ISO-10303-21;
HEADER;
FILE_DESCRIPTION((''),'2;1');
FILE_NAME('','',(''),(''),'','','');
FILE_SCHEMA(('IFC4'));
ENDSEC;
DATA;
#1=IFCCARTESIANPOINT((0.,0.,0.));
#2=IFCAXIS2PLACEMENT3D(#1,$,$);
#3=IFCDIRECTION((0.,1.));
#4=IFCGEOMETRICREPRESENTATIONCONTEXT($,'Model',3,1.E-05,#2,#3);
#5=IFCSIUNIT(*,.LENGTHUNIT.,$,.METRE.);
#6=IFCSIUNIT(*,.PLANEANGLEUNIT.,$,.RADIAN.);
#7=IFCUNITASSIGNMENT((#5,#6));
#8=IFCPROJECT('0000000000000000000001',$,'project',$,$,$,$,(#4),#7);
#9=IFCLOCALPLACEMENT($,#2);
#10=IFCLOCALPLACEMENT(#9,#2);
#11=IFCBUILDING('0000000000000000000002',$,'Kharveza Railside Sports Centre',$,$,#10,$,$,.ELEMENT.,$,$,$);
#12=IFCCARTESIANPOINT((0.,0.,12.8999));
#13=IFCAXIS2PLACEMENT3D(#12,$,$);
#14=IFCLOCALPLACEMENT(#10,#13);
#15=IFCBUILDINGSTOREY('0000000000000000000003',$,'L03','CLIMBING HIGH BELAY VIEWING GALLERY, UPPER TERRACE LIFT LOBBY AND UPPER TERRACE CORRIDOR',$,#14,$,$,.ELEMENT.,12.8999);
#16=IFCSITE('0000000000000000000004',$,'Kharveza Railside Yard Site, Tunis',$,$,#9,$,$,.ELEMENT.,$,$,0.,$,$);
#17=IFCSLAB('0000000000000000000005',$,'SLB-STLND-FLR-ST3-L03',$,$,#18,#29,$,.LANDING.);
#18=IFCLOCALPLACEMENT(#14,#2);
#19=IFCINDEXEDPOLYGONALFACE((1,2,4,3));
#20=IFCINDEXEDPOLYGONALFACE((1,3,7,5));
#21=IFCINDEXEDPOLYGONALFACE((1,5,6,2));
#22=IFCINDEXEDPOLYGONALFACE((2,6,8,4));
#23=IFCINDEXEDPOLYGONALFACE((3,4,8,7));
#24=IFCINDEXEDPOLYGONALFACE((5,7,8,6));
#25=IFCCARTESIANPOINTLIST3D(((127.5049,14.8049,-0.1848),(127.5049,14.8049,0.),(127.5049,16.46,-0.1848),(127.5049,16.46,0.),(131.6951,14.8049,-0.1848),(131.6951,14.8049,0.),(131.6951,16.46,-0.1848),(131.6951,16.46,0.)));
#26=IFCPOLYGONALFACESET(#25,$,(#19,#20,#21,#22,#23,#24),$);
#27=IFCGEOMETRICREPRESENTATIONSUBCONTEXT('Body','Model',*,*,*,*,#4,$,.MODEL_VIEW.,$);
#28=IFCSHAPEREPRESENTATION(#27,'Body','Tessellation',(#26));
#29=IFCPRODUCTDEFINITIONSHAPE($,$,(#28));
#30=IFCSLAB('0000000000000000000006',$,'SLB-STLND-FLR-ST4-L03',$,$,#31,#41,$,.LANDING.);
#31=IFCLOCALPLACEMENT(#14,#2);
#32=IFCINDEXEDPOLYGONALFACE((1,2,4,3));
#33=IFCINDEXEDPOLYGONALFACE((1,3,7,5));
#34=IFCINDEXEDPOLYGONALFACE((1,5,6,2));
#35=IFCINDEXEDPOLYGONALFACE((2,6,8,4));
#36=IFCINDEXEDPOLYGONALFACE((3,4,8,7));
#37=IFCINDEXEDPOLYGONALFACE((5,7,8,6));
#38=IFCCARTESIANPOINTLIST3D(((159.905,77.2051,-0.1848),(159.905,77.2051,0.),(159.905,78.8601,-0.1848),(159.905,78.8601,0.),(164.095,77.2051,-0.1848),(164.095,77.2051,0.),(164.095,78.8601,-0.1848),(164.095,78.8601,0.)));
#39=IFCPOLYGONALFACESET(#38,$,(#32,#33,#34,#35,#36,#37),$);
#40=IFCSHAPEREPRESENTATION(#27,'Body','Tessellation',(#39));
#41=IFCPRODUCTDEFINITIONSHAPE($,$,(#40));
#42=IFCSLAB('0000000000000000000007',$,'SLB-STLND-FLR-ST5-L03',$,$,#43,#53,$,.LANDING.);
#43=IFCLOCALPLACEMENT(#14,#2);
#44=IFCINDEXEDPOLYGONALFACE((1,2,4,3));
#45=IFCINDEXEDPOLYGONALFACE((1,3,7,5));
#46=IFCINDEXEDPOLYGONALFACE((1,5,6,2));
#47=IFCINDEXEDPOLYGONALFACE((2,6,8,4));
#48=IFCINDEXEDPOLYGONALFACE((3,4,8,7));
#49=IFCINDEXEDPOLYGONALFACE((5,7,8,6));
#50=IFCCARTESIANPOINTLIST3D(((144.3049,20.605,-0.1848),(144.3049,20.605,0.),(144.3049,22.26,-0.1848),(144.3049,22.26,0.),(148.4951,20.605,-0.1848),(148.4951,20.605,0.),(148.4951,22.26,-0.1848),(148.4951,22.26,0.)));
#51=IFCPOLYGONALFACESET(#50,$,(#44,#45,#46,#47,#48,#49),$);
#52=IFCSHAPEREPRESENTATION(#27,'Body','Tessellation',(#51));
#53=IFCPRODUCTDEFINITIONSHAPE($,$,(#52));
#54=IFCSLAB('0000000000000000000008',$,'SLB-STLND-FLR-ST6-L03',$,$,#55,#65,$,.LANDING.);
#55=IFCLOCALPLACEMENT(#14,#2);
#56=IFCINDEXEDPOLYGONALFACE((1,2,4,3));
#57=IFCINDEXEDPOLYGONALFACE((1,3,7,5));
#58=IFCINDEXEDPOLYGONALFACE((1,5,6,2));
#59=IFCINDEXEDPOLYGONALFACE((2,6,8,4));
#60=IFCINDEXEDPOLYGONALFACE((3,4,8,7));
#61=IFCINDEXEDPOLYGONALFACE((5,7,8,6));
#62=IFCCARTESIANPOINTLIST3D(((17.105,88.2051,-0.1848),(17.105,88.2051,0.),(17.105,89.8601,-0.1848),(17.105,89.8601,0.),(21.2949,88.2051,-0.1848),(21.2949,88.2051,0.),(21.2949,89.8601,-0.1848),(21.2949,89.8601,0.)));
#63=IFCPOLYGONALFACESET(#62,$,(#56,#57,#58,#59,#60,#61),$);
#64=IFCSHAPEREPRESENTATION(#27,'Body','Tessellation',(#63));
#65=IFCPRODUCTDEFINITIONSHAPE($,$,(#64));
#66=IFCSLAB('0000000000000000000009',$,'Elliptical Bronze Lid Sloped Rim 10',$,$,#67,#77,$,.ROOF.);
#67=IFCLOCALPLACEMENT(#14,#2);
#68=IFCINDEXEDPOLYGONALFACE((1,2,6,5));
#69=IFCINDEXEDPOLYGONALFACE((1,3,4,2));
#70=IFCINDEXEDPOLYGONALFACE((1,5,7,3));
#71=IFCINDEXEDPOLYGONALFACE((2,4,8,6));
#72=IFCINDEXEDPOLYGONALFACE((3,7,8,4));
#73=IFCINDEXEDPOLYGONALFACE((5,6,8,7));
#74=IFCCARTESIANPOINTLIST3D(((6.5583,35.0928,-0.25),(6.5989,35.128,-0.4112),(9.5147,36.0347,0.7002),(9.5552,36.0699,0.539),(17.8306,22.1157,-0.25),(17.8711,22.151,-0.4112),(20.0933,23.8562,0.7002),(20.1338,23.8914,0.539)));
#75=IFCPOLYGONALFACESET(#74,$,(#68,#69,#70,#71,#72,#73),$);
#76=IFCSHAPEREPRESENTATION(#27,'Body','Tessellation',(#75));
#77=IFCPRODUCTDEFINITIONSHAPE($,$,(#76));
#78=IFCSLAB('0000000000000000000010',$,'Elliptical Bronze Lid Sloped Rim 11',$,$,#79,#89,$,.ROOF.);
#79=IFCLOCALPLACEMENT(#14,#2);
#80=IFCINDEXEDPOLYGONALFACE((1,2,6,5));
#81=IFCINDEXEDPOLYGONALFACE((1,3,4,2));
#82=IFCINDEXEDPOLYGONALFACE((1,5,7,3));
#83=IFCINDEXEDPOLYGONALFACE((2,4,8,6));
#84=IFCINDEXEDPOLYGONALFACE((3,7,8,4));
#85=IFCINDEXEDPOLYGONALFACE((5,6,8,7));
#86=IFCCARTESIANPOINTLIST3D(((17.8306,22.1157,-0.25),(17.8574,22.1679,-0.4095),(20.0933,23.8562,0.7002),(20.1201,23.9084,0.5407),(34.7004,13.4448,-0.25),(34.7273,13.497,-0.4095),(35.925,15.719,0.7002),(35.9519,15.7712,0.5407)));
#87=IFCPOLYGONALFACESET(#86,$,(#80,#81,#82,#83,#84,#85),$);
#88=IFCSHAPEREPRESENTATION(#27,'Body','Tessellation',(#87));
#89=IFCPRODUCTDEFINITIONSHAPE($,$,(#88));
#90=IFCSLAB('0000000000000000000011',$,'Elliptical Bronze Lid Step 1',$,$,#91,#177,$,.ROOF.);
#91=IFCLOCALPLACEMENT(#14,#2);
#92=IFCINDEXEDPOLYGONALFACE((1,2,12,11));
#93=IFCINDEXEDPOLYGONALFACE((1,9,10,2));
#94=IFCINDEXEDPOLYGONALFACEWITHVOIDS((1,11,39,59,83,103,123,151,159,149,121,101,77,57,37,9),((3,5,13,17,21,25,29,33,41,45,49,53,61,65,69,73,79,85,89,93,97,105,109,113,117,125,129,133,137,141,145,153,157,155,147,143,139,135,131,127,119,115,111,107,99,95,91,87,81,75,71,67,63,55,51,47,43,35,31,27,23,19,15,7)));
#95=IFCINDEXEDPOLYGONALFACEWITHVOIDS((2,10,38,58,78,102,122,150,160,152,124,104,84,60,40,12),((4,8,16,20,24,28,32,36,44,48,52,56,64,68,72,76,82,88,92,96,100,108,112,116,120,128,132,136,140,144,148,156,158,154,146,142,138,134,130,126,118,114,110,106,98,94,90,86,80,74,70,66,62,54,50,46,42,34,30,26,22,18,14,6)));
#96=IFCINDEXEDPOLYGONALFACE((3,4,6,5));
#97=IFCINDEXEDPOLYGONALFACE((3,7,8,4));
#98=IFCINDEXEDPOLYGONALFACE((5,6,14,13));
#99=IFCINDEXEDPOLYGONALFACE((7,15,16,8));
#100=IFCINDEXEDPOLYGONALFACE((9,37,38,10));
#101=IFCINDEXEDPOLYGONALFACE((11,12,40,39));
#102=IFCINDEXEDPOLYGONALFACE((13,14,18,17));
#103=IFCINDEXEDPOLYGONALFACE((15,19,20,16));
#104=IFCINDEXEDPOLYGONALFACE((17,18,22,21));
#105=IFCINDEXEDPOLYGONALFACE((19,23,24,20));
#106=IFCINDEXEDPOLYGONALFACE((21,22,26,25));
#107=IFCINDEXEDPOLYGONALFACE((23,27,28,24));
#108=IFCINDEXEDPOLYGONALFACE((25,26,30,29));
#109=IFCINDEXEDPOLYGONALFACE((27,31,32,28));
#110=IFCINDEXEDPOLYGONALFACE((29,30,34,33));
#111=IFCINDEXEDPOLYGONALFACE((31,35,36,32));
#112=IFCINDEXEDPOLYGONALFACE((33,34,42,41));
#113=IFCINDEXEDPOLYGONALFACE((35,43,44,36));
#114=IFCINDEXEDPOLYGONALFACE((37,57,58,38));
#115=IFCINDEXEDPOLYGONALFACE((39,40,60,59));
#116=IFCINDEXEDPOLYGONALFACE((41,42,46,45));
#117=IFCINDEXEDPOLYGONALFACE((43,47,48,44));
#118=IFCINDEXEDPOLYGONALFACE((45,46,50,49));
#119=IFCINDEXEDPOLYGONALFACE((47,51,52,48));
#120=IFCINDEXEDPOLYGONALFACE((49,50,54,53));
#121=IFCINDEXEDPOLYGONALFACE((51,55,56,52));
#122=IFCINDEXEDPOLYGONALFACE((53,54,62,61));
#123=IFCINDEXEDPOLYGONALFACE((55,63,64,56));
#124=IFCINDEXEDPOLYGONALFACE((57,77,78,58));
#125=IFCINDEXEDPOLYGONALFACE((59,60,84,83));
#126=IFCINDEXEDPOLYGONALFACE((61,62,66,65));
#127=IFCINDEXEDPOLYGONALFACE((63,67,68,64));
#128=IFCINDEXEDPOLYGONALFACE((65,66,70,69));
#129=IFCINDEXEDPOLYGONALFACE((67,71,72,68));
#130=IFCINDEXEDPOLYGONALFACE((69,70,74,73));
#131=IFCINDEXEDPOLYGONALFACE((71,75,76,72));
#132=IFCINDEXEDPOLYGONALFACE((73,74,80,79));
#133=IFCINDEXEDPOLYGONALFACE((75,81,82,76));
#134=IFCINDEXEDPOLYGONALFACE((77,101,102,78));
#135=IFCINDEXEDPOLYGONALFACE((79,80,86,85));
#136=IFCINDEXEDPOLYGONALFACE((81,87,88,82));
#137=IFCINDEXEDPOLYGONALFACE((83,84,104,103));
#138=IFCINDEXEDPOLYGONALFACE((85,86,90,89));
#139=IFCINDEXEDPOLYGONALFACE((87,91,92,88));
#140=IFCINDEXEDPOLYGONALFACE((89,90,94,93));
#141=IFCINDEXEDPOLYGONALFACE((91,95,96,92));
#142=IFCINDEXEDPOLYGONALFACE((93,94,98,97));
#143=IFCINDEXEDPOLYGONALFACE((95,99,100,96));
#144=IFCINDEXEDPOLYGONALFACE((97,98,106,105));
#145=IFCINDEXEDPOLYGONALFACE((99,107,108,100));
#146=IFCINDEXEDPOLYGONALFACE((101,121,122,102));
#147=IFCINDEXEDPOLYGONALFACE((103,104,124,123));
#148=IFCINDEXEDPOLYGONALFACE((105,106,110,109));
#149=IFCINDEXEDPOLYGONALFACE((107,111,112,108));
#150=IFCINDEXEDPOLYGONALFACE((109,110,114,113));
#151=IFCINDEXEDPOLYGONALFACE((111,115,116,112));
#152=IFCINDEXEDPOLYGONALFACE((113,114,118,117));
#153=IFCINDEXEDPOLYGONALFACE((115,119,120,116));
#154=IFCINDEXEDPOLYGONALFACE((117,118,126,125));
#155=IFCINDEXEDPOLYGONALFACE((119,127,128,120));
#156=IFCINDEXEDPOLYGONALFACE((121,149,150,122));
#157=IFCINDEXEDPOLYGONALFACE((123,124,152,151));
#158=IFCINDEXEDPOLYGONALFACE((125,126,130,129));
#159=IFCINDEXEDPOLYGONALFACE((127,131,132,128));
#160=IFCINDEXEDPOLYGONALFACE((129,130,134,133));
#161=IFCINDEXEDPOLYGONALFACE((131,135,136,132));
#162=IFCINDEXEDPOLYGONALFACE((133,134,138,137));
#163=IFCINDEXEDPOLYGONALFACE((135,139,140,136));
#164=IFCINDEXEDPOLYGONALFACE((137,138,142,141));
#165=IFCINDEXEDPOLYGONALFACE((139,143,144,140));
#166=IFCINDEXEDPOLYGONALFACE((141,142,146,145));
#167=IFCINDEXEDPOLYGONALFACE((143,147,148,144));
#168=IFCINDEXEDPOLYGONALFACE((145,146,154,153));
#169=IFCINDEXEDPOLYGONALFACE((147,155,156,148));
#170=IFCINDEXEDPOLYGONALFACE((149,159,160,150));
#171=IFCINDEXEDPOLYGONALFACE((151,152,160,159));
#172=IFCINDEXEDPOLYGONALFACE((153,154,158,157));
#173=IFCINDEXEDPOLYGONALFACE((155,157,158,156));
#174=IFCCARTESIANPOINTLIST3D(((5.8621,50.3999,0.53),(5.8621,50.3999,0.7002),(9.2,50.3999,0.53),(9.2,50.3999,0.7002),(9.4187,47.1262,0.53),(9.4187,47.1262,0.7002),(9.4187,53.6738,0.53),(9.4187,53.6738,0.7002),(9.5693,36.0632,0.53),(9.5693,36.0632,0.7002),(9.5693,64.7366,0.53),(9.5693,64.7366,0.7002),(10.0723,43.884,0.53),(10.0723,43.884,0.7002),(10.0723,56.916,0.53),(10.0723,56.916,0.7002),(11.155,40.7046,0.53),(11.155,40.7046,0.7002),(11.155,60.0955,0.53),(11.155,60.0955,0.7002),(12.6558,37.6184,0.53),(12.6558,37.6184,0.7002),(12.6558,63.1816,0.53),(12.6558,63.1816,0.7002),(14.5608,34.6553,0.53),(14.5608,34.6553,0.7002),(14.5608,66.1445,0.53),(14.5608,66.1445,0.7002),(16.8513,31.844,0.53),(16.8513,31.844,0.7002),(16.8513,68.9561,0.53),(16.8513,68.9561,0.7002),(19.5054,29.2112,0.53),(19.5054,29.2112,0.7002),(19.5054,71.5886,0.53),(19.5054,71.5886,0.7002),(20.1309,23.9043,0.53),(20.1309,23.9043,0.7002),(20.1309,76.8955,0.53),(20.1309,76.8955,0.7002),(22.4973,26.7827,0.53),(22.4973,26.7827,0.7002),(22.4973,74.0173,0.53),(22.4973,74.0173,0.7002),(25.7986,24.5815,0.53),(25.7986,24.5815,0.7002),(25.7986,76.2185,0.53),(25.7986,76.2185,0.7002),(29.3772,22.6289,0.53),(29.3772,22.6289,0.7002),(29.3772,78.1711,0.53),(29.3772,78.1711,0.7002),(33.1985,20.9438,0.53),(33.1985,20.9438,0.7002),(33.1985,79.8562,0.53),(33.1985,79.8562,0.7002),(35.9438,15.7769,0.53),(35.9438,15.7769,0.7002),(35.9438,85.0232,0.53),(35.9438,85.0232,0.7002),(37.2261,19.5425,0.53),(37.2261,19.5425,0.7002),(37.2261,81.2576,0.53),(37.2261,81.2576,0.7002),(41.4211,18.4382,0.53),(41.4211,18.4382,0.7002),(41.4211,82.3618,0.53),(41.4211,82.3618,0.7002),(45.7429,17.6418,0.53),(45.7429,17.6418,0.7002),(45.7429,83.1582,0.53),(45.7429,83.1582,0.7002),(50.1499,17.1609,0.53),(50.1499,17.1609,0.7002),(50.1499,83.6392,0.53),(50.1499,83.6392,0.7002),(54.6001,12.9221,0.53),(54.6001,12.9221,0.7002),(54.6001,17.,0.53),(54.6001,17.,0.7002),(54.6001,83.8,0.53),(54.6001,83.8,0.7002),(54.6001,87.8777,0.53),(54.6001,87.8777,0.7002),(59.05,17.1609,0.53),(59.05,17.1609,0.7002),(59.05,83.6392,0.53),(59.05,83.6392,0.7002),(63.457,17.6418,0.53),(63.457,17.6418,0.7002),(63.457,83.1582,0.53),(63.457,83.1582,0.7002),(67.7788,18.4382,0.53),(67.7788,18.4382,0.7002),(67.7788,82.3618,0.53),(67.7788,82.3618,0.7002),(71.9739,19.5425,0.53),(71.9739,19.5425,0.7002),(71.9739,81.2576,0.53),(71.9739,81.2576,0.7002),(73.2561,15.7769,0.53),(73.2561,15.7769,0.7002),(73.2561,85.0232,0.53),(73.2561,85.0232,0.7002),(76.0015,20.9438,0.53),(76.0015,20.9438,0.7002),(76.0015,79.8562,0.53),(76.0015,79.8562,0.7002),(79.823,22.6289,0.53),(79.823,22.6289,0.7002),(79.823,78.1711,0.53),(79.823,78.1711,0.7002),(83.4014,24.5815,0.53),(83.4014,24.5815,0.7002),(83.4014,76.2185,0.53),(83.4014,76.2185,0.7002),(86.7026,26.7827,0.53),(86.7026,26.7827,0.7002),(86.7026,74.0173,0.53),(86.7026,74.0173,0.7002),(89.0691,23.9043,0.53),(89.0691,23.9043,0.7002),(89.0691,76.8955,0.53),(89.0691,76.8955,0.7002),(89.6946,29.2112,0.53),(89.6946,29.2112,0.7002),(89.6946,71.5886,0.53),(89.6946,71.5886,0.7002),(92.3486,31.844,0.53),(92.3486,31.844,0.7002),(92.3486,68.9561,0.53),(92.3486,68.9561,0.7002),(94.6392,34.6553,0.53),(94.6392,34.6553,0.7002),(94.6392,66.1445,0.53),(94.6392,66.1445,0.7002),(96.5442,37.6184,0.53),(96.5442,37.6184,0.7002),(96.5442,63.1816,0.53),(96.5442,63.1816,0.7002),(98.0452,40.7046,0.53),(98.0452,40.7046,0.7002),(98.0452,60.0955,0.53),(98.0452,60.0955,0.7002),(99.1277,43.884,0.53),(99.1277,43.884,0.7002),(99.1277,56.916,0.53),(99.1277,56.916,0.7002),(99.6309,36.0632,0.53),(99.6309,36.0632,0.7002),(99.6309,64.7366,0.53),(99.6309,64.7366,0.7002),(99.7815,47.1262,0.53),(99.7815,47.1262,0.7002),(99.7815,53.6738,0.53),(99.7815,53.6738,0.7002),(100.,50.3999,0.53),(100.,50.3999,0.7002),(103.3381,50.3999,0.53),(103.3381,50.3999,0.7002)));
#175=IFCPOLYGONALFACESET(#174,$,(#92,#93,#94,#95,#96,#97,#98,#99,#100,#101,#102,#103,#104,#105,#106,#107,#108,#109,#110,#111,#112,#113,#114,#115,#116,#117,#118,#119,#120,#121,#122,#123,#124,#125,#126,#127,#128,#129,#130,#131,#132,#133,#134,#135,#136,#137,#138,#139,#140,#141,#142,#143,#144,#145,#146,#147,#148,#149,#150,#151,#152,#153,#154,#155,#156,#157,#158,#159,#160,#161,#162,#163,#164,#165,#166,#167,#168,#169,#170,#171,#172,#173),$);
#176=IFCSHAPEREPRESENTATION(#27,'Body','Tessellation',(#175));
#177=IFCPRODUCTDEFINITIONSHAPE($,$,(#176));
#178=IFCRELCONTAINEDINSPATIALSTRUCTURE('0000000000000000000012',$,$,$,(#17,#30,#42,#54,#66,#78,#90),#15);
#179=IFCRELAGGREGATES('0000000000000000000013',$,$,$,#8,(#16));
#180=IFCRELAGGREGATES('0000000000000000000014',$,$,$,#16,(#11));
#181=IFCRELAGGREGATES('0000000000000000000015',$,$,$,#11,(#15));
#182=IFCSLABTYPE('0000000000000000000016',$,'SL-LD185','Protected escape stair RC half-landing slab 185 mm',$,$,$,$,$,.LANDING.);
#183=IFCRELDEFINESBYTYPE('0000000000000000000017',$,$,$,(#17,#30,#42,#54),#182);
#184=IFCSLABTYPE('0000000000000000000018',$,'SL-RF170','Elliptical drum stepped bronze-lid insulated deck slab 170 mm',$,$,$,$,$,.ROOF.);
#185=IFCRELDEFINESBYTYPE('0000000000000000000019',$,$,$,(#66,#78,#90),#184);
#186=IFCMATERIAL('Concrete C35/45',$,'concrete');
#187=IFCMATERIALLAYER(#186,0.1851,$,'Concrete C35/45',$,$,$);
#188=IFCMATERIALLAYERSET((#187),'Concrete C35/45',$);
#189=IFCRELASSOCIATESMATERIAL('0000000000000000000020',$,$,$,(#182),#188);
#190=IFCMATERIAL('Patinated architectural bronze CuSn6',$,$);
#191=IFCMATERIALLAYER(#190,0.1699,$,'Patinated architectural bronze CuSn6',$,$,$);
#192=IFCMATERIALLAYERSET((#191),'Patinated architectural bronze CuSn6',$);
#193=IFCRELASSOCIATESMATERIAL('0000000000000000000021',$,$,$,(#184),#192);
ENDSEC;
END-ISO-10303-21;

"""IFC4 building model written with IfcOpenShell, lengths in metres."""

from ifc_helpers import new_model, si_unit, direction, frame, origin, place, context, subcontext, project, spatial, polyline, outline, extrude, material, layer, layer_set, type_object, element, save


model = new_model("IFC4")

# Units and contexts
model_context = context("Model", 3, precision=1e-05, world=origin(), true_north=direction((0.0, 1.0)))
body_context = subcontext(model_context, "Body", "Model", "MODEL_VIEW")
ifc_project = project(units=[si_unit("LENGTHUNIT", "METRE"), si_unit("PLANEANGLEUNIT", "RADIAN")], contexts=[model_context])

# Site, building, storey
site_placement = place(None, origin())
site = spatial("IfcSite", under=ifc_project, at=site_placement, Name="Kharveza Railside Yard Site, Tunis", CompositionType="ELEMENT", RefElevation=0.0)
building_placement = place(site_placement, origin())
building = spatial("IfcBuilding", under=site, at=building_placement, Name="Kharveza Railside Sports Centre", CompositionType="ELEMENT")
storey_placement = place(building_placement, frame((0.0, 0.0, 12.8999)))
storey = spatial("IfcBuildingStorey", under=building, at=storey_placement, Name="L03", Description="CLIMBING HIGH BELAY VIEWING GALLERY, UPPER TERRACE LIFT LOBBY AND UPPER TERRACE CORRIDOR", CompositionType="ELEMENT", Elevation=12.8999)

# Shared definitions
ifc_material_1 = material(Name="Patinated architectural bronze CuSn6")

# Shared definitions
ifc_material_2 = material(Name="Concrete C35/45", Category="concrete")
ifc_layer_1 = layer(ifc_material_2, 0.1851, Name="Concrete C35/45")
ifc_layer_set_1 = layer_set([ifc_layer_1], Name="Concrete C35/45")
slab_type_1 = type_object("IfcSlabType", Name="SL-LD185", Description="Protected escape stair RC half-landing slab 185 mm", PredefinedType="LANDING", material=ifc_layer_set_1)

# Slabs
slab_1_placement = place(storey_placement, frame((0.0, 0.0, -0.1848)))
element("IfcSlab", 1, at=slab_1_placement, inside=storey, type_object=slab_type_1, Name="SLB-STLND-FLR-ST3-L03", PredefinedType="LANDING", context=body_context, shape_type="SweptSolid", body=[
    extrude(outline(polyline([(127.5049, 14.8049), (131.6951, 14.8049), (131.6951, 16.46), (127.5049, 16.46), (127.5049, 14.8049)])), origin(), (0.0, 0.0, 1.0), 0.1848),
])
slab_2_placement = place(storey_placement, frame((0.0, 0.0, -0.1848)))
element("IfcSlab", 2, at=slab_2_placement, inside=storey, type_object=slab_type_1, Name="SLB-STLND-FLR-ST4-L03", PredefinedType="LANDING", context=body_context, shape_type="SweptSolid", body=[
    extrude(outline(polyline([(159.905, 77.2051), (164.095, 77.2051), (164.095, 78.8601), (159.905, 78.8601), (159.905, 77.2051)])), origin(), (0.0, 0.0, 1.0), 0.1848),
])
slab_3_placement = place(storey_placement, frame((0.0, 0.0, -0.1848)))
element("IfcSlab", 3, at=slab_3_placement, inside=storey, type_object=slab_type_1, Name="SLB-STLND-FLR-ST5-L03", PredefinedType="LANDING", context=body_context, shape_type="SweptSolid", body=[
    extrude(outline(polyline([(144.3049, 20.605), (148.4951, 20.605), (148.4951, 22.26), (144.3049, 22.26), (144.3049, 20.605)])), origin(), (0.0, 0.0, 1.0), 0.1848),
])
slab_4_placement = place(storey_placement, frame((0.0, 0.0, -0.1848)))
element("IfcSlab", 4, at=slab_4_placement, inside=storey, type_object=slab_type_1, Name="SLB-STLND-FLR-ST6-L03", PredefinedType="LANDING", context=body_context, shape_type="SweptSolid", body=[
    extrude(outline(polyline([(17.105, 88.2051), (21.2949, 88.2051), (21.2949, 89.8601), (17.105, 89.8601), (17.105, 88.2051)])), origin(), (0.0, 0.0, 1.0), 0.1848),
])
ifc_layer_2 = layer(ifc_material_1, 0.1699, Name="Patinated architectural bronze CuSn6")
ifc_layer_set_2 = layer_set([ifc_layer_2], Name="Patinated architectural bronze CuSn6")
slab_type_2 = type_object("IfcSlabType", Name="SL-RF170", Description="Elliptical drum stepped bronze-lid insulated deck slab 170 mm", PredefinedType="ROOF", material=ifc_layer_set_2)
slab_5_placement = place(storey_placement, frame((6.5583, 35.0928, -0.25), z_axis=(-0.238814, -0.207441, 0.94865), x_axis=(0.655775, -0.754956, 0.0)))
element("IfcSlab", 5, at=slab_5_placement, inside=storey, type_object=slab_type_2, Name="Elliptical Bronze Lid Sloped Rim 10", PredefinedType="ROOF", context=body_context, shape_type="SweptSolid", body=[
    extrude(outline(polyline([(0.0, 0.0), (17.1891, 0.0), (17.359, 3.0038), (1.2276, 3.0038), (0.0, 0.0)])), origin(), (0.0, 0.0, -1.0), 0.1699),
])
slab_6_placement = place(storey_placement, frame((17.8306, 22.1157, -0.25), z_axis=(-0.157857, -0.307124, 0.938486), x_axis=(0.889396, -0.457138, -0.000001)))
element("IfcSlab", 6, at=slab_6_placement, inside=storey, type_object=slab_type_2, Name="Elliptical Bronze Lid Sloped Rim 11", PredefinedType="ROOF", context=body_context, shape_type="SweptSolid", body=[
    extrude(outline(polyline([(0.0, 0.0), (18.9678, 0.0), (19.0173, 2.7517), (1.2168, 2.7516), (0.0, 0.0)])), origin(), (0.0, 0.0, -1.0), 0.1699),
])
slab_7_placement = place(storey_placement, frame((0.0, 0.0, 0.53)))
element("IfcSlab", 7, at=slab_7_placement, inside=storey, type_object=slab_type_2, Name="Elliptical Bronze Lid Step 1", PredefinedType="ROOF", context=body_context, shape_type="SweptSolid", body=[
    extrude(outline(polyline([(99.6309, 36.0632), (89.0691, 23.9043), (73.2561, 15.7769), (54.6001, 12.9221), (35.9438, 15.7769), (20.1309, 23.9043), (9.5693, 36.0632), (5.8621, 50.3999), (9.5693, 64.7366), (20.1309, 76.8955), (35.9438, 85.0232), (54.6001, 87.8777), (73.2561, 85.0232), (89.0691, 76.8955), (99.6309, 64.7366), (103.3381, 50.3999), (99.6309, 36.0632)]), holes=[polyline([(99.7815, 53.6738), (99.1277, 56.916), (98.0452, 60.0955), (96.5442, 63.1816), (94.6392, 66.1445), (92.3486, 68.9561), (89.6946, 71.5886), (86.7026, 74.0173), (83.4014, 76.2185), (79.823, 78.1711), (76.0015, 79.8562), (71.9739, 81.2576), (67.7788, 82.3618), (63.457, 83.1582), (59.05, 83.6392), (54.6001, 83.8), (50.1499, 83.6392), (45.7429, 83.1582), (41.4211, 82.3618), (37.2261, 81.2576), (33.1985, 79.8562), (29.3772, 78.1711), (25.7986, 76.2185), (22.4973, 74.0173), (19.5054, 71.5886), (16.8513, 68.9561), (14.5608, 66.1445), (12.6558, 63.1816), (11.155, 60.0955), (10.0723, 56.916), (9.4187, 53.6738), (9.2, 50.3999), (9.4187, 47.1262), (10.0723, 43.884), (11.155, 40.7046), (12.6558, 37.6184), (14.5608, 34.6553), (16.8513, 31.844), (19.5054, 29.2112), (22.4973, 26.7827), (25.7986, 24.5815), (29.3772, 22.6289), (33.1985, 20.9438), (37.2261, 19.5425), (41.4211, 18.4382), (45.7429, 17.6418), (50.1499, 17.1609), (54.6001, 17.0), (59.05, 17.1609), (63.457, 17.6418), (67.7788, 18.4382), (71.9739, 19.5425), (76.0015, 20.9438), (79.823, 22.6289), (83.4014, 24.5815), (86.7026, 26.7827), (89.6946, 29.2112), (92.3486, 31.844), (94.6392, 34.6553), (96.5442, 37.6184), (98.0452, 40.7046), (99.1277, 43.884), (99.7815, 47.1262), (100.0, 50.3999), (99.7815, 53.6738)])]), origin(), (0.0, 0.0, 1.0), 0.1702),
])

save(model, "model.ifc")
